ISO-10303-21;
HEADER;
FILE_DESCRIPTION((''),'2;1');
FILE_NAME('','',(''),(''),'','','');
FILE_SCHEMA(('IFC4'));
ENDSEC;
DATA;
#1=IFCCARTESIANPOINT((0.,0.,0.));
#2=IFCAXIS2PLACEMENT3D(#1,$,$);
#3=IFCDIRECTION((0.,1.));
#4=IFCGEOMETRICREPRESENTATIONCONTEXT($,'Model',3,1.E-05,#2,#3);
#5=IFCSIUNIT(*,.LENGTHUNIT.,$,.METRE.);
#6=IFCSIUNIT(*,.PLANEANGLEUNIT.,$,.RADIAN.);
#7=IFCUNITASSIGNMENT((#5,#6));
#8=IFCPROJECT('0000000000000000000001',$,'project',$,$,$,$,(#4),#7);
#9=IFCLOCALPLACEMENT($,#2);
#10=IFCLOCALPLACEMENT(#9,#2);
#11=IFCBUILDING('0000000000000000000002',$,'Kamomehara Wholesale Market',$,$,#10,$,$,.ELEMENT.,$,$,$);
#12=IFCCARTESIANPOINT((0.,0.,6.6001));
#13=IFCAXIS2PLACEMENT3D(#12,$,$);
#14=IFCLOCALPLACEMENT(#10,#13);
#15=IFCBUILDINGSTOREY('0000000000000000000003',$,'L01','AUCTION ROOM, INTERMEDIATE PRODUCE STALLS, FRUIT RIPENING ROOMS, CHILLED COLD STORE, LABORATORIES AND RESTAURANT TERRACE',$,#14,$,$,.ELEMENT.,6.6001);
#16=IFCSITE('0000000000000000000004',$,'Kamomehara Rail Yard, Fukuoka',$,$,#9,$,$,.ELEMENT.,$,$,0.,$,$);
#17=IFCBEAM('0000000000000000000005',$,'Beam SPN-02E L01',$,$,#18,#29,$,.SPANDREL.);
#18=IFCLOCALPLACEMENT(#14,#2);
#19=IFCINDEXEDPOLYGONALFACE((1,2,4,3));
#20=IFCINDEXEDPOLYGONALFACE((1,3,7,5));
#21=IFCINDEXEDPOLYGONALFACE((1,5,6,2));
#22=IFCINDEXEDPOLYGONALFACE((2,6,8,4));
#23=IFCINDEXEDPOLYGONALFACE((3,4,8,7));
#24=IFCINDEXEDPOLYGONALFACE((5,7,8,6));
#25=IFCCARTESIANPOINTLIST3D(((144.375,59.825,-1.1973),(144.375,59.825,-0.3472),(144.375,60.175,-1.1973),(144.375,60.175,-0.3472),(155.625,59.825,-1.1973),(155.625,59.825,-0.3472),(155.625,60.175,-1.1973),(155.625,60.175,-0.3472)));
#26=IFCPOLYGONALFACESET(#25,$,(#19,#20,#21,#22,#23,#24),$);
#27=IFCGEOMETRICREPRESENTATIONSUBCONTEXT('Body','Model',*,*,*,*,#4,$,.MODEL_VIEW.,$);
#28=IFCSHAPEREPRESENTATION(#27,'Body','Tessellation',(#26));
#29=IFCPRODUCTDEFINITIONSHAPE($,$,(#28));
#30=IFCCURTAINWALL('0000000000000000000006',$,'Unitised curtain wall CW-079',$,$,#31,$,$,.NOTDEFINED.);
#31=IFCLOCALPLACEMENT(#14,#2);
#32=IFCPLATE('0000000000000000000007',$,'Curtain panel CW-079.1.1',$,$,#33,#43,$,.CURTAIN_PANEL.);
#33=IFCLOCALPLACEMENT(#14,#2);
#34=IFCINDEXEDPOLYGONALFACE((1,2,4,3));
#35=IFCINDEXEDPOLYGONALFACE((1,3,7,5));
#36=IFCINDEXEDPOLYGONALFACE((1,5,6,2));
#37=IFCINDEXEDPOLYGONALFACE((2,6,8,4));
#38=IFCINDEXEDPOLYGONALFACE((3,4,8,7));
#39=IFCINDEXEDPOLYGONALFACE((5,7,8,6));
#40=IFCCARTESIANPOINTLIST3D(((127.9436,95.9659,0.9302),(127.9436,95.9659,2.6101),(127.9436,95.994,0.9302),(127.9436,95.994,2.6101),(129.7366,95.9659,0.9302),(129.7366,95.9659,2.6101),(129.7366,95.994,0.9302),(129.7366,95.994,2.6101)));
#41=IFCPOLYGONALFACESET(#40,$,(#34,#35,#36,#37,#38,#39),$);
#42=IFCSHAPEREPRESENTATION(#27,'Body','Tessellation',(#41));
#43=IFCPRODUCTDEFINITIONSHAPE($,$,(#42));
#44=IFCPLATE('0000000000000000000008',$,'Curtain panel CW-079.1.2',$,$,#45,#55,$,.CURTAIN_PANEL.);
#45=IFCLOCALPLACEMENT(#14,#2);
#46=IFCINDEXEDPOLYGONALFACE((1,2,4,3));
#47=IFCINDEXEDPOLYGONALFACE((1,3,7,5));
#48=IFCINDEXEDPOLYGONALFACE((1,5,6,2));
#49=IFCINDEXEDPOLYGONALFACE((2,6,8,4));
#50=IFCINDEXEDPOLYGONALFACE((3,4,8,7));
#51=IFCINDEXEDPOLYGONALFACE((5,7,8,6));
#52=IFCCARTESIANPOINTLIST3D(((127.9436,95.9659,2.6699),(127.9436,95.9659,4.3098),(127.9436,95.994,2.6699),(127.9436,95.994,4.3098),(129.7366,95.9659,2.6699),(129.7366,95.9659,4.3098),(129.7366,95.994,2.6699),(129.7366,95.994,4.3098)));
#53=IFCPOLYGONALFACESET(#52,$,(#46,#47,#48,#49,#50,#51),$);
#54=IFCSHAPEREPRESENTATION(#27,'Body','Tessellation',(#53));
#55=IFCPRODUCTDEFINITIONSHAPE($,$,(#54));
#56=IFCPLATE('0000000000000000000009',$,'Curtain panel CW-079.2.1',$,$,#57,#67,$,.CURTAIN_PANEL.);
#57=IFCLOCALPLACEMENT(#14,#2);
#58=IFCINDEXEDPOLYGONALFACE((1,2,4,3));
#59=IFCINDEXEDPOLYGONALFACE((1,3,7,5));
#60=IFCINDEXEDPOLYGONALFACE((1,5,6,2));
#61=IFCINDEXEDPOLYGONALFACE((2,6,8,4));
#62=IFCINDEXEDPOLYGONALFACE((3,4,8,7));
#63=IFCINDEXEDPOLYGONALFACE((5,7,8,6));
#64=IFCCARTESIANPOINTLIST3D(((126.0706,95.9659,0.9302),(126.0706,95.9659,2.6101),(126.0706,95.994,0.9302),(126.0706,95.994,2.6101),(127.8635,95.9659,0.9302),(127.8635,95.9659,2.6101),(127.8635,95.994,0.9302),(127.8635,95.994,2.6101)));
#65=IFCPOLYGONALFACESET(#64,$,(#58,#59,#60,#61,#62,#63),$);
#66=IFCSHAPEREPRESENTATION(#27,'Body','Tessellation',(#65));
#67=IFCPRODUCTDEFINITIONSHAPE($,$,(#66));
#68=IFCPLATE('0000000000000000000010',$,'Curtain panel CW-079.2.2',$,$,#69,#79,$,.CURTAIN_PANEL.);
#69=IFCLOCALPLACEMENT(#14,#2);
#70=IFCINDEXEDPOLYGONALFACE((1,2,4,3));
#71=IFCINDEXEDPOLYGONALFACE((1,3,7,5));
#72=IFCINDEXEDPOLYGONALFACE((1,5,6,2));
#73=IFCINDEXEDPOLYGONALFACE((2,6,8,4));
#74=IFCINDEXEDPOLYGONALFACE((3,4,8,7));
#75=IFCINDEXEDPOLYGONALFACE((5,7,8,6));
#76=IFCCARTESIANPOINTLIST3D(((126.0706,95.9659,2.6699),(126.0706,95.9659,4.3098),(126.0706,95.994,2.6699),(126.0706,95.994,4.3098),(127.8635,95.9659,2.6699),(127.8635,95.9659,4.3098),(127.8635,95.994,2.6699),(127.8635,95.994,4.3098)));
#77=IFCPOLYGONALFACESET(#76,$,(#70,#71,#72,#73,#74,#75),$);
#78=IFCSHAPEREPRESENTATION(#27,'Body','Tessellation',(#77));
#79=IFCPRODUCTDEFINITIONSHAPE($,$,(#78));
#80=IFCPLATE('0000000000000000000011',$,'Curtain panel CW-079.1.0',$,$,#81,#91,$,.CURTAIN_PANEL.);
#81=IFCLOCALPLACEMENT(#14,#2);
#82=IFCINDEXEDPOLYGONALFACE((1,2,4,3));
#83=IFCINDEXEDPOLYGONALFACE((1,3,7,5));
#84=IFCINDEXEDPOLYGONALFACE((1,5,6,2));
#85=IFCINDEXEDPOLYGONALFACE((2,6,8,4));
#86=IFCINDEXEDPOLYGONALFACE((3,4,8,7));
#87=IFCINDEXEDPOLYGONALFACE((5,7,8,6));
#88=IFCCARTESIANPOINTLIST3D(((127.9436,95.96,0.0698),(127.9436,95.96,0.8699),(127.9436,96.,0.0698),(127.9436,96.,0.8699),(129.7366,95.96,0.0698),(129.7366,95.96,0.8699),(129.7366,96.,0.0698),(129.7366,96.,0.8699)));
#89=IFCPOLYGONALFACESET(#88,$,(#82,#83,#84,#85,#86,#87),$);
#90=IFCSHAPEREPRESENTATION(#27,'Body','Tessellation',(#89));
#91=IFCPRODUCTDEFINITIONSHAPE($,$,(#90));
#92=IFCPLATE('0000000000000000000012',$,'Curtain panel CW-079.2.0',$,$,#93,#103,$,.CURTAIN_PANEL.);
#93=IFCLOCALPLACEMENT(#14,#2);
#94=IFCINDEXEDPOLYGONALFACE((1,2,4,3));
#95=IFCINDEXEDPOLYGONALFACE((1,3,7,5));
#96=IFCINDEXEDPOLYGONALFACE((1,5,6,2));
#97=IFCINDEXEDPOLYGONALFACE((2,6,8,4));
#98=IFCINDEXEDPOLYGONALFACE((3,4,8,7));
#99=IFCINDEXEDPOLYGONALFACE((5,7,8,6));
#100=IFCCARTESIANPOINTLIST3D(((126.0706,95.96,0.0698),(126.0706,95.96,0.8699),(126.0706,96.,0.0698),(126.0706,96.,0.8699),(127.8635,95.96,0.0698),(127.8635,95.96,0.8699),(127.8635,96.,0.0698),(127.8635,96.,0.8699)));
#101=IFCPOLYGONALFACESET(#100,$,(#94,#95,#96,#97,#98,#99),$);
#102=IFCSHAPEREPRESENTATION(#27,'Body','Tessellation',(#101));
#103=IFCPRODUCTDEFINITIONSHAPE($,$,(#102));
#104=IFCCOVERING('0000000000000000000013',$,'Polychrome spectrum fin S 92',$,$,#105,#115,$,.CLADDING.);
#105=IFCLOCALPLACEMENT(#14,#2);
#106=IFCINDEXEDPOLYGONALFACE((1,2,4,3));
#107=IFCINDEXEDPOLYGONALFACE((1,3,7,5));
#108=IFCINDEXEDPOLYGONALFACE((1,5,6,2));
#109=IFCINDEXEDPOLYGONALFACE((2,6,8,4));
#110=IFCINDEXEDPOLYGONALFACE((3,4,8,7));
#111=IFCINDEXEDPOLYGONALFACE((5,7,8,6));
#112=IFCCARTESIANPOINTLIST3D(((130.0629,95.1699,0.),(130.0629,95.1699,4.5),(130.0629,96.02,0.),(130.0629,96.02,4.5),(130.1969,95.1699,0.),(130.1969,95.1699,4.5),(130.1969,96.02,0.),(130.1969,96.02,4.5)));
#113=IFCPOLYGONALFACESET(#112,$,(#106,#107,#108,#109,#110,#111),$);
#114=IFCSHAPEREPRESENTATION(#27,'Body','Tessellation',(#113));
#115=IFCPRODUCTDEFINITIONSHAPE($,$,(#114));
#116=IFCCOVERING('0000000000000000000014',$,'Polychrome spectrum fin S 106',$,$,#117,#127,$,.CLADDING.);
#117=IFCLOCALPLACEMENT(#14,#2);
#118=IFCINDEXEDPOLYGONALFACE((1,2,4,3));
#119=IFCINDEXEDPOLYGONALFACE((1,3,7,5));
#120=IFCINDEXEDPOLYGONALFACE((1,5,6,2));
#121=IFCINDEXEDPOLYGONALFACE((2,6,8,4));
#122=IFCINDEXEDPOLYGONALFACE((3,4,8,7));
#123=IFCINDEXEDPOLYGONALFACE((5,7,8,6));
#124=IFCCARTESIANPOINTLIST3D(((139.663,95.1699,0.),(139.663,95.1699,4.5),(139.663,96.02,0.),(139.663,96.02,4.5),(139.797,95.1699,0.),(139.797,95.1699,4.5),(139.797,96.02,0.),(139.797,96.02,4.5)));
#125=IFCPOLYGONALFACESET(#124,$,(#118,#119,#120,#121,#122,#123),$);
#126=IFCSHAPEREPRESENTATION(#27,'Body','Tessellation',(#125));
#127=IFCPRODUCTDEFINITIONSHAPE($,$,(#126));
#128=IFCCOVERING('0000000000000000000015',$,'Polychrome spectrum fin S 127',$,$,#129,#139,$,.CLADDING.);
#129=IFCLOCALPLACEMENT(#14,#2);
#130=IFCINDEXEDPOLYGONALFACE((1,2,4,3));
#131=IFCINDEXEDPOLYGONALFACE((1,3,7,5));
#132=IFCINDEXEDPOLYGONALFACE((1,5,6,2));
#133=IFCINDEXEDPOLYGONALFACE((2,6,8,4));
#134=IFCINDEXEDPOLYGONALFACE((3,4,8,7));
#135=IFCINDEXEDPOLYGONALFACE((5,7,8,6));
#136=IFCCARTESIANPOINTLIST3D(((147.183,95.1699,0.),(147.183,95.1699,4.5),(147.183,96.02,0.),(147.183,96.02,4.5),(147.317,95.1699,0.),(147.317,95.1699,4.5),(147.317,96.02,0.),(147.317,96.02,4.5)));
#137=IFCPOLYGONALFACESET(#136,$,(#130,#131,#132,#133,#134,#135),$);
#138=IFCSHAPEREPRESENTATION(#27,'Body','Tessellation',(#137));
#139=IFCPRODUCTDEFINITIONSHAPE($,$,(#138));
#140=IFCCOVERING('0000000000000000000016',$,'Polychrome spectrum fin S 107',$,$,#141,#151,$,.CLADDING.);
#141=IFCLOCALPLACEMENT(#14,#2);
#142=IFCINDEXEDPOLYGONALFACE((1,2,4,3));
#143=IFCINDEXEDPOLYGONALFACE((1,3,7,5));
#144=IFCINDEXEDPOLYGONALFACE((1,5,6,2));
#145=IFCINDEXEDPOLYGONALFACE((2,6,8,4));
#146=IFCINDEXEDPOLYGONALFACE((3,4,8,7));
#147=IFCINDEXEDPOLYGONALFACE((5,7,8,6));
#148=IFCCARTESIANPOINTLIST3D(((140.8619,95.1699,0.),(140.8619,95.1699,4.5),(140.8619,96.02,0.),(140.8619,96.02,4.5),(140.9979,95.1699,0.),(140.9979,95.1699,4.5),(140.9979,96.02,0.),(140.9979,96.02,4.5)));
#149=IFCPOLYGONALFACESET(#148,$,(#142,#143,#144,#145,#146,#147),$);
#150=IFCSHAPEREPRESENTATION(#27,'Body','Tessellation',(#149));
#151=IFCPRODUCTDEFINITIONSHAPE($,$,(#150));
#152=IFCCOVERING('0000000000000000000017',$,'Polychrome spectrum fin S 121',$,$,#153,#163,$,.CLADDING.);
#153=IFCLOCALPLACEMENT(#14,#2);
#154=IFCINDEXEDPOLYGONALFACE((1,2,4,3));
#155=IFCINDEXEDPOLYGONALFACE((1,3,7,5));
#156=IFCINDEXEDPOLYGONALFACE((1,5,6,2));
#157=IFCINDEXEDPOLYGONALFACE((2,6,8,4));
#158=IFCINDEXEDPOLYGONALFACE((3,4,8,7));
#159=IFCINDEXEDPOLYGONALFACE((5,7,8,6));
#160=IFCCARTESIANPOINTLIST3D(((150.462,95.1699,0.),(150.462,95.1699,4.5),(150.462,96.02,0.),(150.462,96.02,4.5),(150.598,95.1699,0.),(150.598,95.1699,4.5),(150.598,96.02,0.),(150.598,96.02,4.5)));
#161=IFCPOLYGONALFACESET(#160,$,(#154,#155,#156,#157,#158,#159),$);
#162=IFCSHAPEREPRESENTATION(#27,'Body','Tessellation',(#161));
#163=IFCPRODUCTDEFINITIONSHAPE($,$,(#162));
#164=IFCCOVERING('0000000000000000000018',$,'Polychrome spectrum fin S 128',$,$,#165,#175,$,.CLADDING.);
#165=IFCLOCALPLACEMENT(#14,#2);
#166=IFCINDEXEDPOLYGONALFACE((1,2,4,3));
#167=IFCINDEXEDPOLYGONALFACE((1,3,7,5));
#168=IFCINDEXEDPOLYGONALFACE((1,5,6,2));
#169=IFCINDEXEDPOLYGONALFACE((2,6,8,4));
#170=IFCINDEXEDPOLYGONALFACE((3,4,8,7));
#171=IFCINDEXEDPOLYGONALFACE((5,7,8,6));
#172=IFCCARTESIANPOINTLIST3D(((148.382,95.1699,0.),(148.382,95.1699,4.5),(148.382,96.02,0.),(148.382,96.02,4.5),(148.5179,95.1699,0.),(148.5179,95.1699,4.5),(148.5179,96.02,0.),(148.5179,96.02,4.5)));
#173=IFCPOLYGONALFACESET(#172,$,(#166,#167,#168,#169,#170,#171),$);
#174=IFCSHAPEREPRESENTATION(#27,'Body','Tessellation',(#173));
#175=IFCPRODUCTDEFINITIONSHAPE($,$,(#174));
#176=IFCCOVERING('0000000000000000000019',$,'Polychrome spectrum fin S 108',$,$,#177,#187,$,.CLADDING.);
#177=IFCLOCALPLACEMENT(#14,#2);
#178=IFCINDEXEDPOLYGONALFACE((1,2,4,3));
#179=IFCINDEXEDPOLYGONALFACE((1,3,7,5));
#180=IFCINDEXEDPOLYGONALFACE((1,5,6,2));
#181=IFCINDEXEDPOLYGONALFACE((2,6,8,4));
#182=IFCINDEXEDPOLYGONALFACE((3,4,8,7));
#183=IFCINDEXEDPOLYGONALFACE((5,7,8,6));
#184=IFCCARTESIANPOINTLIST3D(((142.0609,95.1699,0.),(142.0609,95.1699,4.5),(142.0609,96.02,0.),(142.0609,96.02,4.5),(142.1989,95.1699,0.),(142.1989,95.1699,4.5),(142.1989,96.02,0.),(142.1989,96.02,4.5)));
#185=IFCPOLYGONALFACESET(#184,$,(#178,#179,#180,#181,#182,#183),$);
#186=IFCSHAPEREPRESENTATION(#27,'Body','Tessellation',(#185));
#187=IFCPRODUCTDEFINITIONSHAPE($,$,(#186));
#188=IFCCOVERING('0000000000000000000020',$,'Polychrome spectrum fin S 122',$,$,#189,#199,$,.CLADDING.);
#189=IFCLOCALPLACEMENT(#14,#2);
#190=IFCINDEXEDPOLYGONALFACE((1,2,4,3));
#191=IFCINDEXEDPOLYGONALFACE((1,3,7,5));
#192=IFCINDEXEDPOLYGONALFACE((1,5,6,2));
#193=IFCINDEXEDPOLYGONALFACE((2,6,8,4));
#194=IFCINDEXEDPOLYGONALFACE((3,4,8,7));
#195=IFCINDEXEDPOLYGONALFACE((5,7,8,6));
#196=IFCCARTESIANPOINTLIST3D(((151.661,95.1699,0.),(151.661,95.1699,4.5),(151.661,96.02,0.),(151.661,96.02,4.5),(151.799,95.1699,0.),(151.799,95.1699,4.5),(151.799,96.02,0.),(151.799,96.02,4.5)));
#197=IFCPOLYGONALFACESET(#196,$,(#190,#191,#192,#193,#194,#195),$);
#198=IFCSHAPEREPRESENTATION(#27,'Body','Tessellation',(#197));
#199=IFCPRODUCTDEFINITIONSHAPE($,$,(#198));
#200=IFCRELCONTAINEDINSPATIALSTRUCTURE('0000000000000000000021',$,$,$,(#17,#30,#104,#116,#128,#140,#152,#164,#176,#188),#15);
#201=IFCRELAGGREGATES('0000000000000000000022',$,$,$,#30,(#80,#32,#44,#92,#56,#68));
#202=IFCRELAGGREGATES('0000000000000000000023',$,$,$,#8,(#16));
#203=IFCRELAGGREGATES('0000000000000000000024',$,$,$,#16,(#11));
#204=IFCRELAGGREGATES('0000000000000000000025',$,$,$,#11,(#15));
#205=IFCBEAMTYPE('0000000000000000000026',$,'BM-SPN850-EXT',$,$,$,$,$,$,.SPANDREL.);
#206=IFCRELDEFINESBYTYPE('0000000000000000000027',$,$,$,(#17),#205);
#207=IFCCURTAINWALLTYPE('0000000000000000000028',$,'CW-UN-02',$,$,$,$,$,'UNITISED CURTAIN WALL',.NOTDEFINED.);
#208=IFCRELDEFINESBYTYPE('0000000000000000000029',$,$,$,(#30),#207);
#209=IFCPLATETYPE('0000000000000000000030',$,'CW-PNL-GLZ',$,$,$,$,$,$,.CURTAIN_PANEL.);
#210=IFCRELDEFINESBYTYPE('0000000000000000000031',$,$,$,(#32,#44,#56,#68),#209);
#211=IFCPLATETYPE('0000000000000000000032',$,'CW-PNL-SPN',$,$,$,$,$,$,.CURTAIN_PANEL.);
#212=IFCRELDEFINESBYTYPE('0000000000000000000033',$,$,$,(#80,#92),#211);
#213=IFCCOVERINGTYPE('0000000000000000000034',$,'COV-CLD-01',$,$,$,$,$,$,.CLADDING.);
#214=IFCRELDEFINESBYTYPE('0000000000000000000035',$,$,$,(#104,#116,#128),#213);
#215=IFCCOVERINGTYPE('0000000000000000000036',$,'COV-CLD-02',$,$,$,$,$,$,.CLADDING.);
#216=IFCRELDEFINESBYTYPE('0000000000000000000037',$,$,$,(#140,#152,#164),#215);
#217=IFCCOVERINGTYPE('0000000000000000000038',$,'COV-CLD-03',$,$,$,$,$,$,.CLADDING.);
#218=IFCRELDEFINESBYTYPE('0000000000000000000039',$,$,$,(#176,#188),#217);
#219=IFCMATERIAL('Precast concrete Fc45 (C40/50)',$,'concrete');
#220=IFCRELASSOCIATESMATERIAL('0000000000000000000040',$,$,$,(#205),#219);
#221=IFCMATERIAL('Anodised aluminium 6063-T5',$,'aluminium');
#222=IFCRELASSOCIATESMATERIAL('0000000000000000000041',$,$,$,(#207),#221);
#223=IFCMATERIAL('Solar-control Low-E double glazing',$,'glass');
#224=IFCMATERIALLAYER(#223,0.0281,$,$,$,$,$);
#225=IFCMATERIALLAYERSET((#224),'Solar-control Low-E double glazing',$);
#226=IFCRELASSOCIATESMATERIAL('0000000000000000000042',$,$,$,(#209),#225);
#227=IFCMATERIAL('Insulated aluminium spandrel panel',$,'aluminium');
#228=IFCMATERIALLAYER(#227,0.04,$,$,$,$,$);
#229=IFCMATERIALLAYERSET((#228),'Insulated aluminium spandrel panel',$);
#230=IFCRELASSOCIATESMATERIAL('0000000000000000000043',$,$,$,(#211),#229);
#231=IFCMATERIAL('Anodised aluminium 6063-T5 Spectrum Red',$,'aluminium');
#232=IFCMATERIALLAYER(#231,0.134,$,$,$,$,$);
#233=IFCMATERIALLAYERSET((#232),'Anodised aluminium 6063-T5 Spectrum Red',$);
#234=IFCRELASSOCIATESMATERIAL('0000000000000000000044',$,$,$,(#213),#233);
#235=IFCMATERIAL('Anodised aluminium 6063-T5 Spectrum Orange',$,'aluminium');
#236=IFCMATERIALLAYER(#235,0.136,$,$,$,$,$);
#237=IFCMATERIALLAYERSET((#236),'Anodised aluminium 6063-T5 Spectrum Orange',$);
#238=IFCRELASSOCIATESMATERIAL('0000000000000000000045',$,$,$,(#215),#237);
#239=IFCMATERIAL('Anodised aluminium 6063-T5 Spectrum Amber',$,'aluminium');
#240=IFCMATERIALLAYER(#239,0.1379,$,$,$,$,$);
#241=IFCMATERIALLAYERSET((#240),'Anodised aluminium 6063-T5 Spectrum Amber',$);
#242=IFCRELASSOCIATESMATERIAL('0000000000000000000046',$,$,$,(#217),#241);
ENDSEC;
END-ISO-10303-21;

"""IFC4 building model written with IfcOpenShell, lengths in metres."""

from ifc_helpers import new_model, si_unit, direction, frame, origin, origin_2d, place, context, subcontext, project, spatial, rectangle, extrude, material, layer, layer_set, material_profile, profile_set, type_object, element, aggregate, save


model = new_model("IFC4")

# Units and contexts
model_context = context("Model", 3, precision=1e-05, world=origin(), true_north=direction((0.0, 1.0)))
body_context = subcontext(model_context, "Body", "Model", "MODEL_VIEW")
ifc_project = project(units=[si_unit("LENGTHUNIT", "METRE"), si_unit("PLANEANGLEUNIT", "RADIAN")], contexts=[model_context])

# Site, building, storey
site_placement = place(None, origin())
site = spatial("IfcSite", under=ifc_project, at=site_placement, Name="Kamomehara Rail Yard, Fukuoka", CompositionType="ELEMENT", RefElevation=0.0)
building_placement = place(site_placement, origin())
building = spatial("IfcBuilding", under=site, at=building_placement, Name="Kamomehara Wholesale Market", CompositionType="ELEMENT")
storey_placement = place(building_placement, frame((0.0, 0.0, 6.6001)))
storey = spatial("IfcBuildingStorey", under=building, at=storey_placement, Name="L01", Description="AUCTION ROOM, INTERMEDIATE PRODUCE STALLS, FRUIT RIPENING ROOMS, CHILLED COLD STORE, LABORATORIES AND RESTAURANT TERRACE", CompositionType="ELEMENT", Elevation=6.6001)

# Beam
ifc_material_1 = material(Name="Precast concrete Fc45 (C40/50)", Category="concrete")
ifc_material_profile = material_profile(ifc_material_1, rectangle(XDim=0.3501, YDim=0.8501, at=origin_2d()), Name="PC-SPN-350x850")
ifc_profile_set = profile_set([ifc_material_profile], Name="Precast concrete Fc45 (C40/50)")
beam_type = type_object("IfcBeamType", Name="BM-SPN850-EXT", PredefinedType="SPANDREL", material=ifc_profile_set)
beam_placement = place(storey_placement, frame((144.375, 60.0, -0.7722), z_axis=(1.0, 0.0, 0.0), x_axis=(0.0, 1.0, 0.0)))
element("IfcBeam", 1, at=beam_placement, inside=storey, type_object=beam_type, Name="Beam SPN-02E L01", PredefinedType="SPANDREL", context=body_context, shape_type="SweptSolid", body=[
    extrude(rectangle(XDim=0.3501, YDim=0.8501, at=origin_2d()), origin(), (0.0, 0.0, 1.0), 11.25),
])

# Curtain wall, plates
ifc_material_2 = material(Name="Anodised aluminium 6063-T5", Category="aluminium")
curtain_wall_type = type_object("IfcCurtainWallType", Name="CW-UN-02", ElementType="UNITISED CURTAIN WALL", PredefinedType="NOTDEFINED", material=ifc_material_2)
curtain_wall_placement = place(storey_placement, origin())
curtain_wall = element("IfcCurtainWall", 2, at=curtain_wall_placement, inside=storey, type_object=curtain_wall_type, Name="Unitised curtain wall CW-079", PredefinedType="NOTDEFINED")
ifc_material_3 = material(Name="Solar-control Low-E double glazing", Category="glass")
ifc_layer_1 = layer(ifc_material_3, 0.0281)
ifc_layer_set_1 = layer_set([ifc_layer_1], Name="Solar-control Low-E double glazing")
plate_type_1 = type_object("IfcPlateType", Name="CW-PNL-GLZ", PredefinedType="CURTAIN_PANEL", material=ifc_layer_set_1)
plate_1_placement = place(storey_placement, frame((128.8401, 95.98, 0.9302), z_axis=(0.0, 0.0, 1.0), x_axis=(-1.0, 0.0, 0.0)))
plate_1 = element("IfcPlate", 3, at=plate_1_placement, type_object=plate_type_1, Name="Curtain panel CW-079.1.1", PredefinedType="CURTAIN_PANEL", context=body_context, shape_type="SweptSolid", body=[
    extrude(rectangle(XDim=1.793, YDim=0.0281, at=origin_2d()), origin(), (0.0, 0.0, 1.0), 1.6799),
])
plate_2_placement = place(storey_placement, frame((128.8401, 95.98, 2.6699), z_axis=(0.0, 0.0, 1.0), x_axis=(-1.0, 0.0, 0.0)))
plate_2 = element("IfcPlate", 4, at=plate_2_placement, type_object=plate_type_1, Name="Curtain panel CW-079.1.2", PredefinedType="CURTAIN_PANEL", context=body_context, shape_type="SweptSolid", body=[
    extrude(rectangle(XDim=1.793, YDim=0.0281, at=origin_2d()), origin(), (0.0, 0.0, 1.0), 1.6399),
])
plate_3_placement = place(storey_placement, frame((126.967, 95.98, 0.9302), z_axis=(0.0, 0.0, 1.0), x_axis=(-1.0, 0.0, 0.0)))
plate_3 = element("IfcPlate", 5, at=plate_3_placement, type_object=plate_type_1, Name="Curtain panel CW-079.2.1", PredefinedType="CURTAIN_PANEL", context=body_context, shape_type="SweptSolid", body=[
    extrude(rectangle(XDim=1.793, YDim=0.0281, at=origin_2d()), origin(), (0.0, 0.0, 1.0), 1.6799),
])
plate_4_placement = place(storey_placement, frame((126.967, 95.98, 2.6699), z_axis=(0.0, 0.0, 1.0), x_axis=(-1.0, 0.0, 0.0)))
plate_4 = element("IfcPlate", 6, at=plate_4_placement, type_object=plate_type_1, Name="Curtain panel CW-079.2.2", PredefinedType="CURTAIN_PANEL", context=body_context, shape_type="SweptSolid", body=[
    extrude(rectangle(XDim=1.793, YDim=0.0281, at=origin_2d()), origin(), (0.0, 0.0, 1.0), 1.6399),
])
ifc_material_4 = material(Name="Insulated aluminium spandrel panel", Category="aluminium")
ifc_layer_2 = layer(ifc_material_4, 0.04)
ifc_layer_set_2 = layer_set([ifc_layer_2], Name="Insulated aluminium spandrel panel")
plate_type_2 = type_object("IfcPlateType", Name="CW-PNL-SPN", PredefinedType="CURTAIN_PANEL", material=ifc_layer_set_2)
plate_5_placement = place(storey_placement, frame((128.8401, 95.98, 0.0698), z_axis=(0.0, 0.0, 1.0), x_axis=(-1.0, 0.0, 0.0)))
plate_5 = element("IfcPlate", 7, at=plate_5_placement, type_object=plate_type_2, Name="Curtain panel CW-079.1.0", PredefinedType="CURTAIN_PANEL", context=body_context, shape_type="SweptSolid", body=[
    extrude(rectangle(XDim=1.793, YDim=0.04, at=origin_2d()), origin(), (0.0, 0.0, 1.0), 0.8),
])
plate_6_placement = place(storey_placement, frame((126.967, 95.98, 0.0698), z_axis=(0.0, 0.0, 1.0), x_axis=(-1.0, 0.0, 0.0)))
plate_6 = element("IfcPlate", 8, at=plate_6_placement, type_object=plate_type_2, Name="Curtain panel CW-079.2.0", PredefinedType="CURTAIN_PANEL", context=body_context, shape_type="SweptSolid", body=[
    extrude(rectangle(XDim=1.793, YDim=0.04, at=origin_2d()), origin(), (0.0, 0.0, 1.0), 0.8),
])
aggregate(curtain_wall, [plate_5, plate_1, plate_2, plate_6, plate_3, plate_4])

# Coverings
ifc_material_5 = material(Name="Anodised aluminium 6063-T5 Spectrum Red", Category="aluminium")
ifc_layer_3 = layer(ifc_material_5, 0.134)
ifc_layer_set_3 = layer_set([ifc_layer_3], Name="Anodised aluminium 6063-T5 Spectrum Red")
covering_type_1 = type_object("IfcCoveringType", Name="COV-CLD-01", PredefinedType="CLADDING", material=ifc_layer_set_3)
for number, where, z_axis, x_axis, name in (
    (9, (130.1299, 95.595, 0.0), (0.0, 0.0, 1.0), (1.0, 0.0, 0.0), "Polychrome spectrum fin S 92"),
    (10, (139.73, 95.595, 0.0), (0.0, 0.0, 1.0), (1.0, 0.0, 0.0), "Polychrome spectrum fin S 106"),
    (11, (147.25, 95.595, 0.0), (0.0, 0.0, 1.0), (1.0, 0.0, 0.0), "Polychrome spectrum fin S 127"),
):
    element("IfcCovering", number, at=place(storey_placement, frame(where, z_axis=z_axis, x_axis=x_axis)), inside=storey, type_object=covering_type_1, Name=name, PredefinedType="CLADDING", context=body_context, shape_type="SweptSolid", body=[
        extrude(rectangle(XDim=0.134, YDim=0.8501, at=origin_2d()), origin(), (0.0, 0.0, 1.0), 4.5),
    ])
ifc_material_6 = material(Name="Anodised aluminium 6063-T5 Spectrum Orange", Category="aluminium")
ifc_layer_4 = layer(ifc_material_6, 0.136)
ifc_layer_set_4 = layer_set([ifc_layer_4], Name="Anodised aluminium 6063-T5 Spectrum Orange")
covering_type_2 = type_object("IfcCoveringType", Name="COV-CLD-02", PredefinedType="CLADDING", material=ifc_layer_set_4)
for number, where, z_axis, x_axis, name in (
    (12, (140.9299, 95.595, 0.0), (0.0, 0.0, 1.0), (1.0, 0.0, 0.0), "Polychrome spectrum fin S 107"),
    (13, (150.53, 95.595, 0.0), (0.0, 0.0, 1.0), (1.0, 0.0, 0.0), "Polychrome spectrum fin S 121"),
    (14, (148.45, 95.595, 0.0), (0.0, 0.0, 1.0), (1.0, 0.0, 0.0), "Polychrome spectrum fin S 128"),
):
    element("IfcCovering", number, at=place(storey_placement, frame(where, z_axis=z_axis, x_axis=x_axis)), inside=storey, type_object=covering_type_2, Name=name, PredefinedType="CLADDING", context=body_context, shape_type="SweptSolid", body=[
        extrude(rectangle(XDim=0.136, YDim=0.8501, at=origin_2d()), origin(), (0.0, 0.0, 1.0), 4.5),
    ])
ifc_material_7 = material(Name="Anodised aluminium 6063-T5 Spectrum Amber", Category="aluminium")
ifc_layer_5 = layer(ifc_material_7, 0.1379)
ifc_layer_set_5 = layer_set([ifc_layer_5], Name="Anodised aluminium 6063-T5 Spectrum Amber")
covering_type_3 = type_object("IfcCoveringType", Name="COV-CLD-03", PredefinedType="CLADDING", material=ifc_layer_set_5)
for number, where, z_axis, x_axis, name in (
    (15, (142.1299, 95.595, 0.0), (0.0, 0.0, 1.0), (1.0, 0.0, 0.0), "Polychrome spectrum fin S 108"),
    (16, (151.73, 95.595, 0.0), (0.0, 0.0, 1.0), (1.0, 0.0, 0.0), "Polychrome spectrum fin S 122"),
):
    element("IfcCovering", number, at=place(storey_placement, frame(where, z_axis=z_axis, x_axis=x_axis)), inside=storey, type_object=covering_type_3, Name=name, PredefinedType="CLADDING", context=body_context, shape_type="SweptSolid", body=[
        extrude(rectangle(XDim=0.1379, YDim=0.8501, at=origin_2d()), origin(), (0.0, 0.0, 1.0), 4.5),
    ])

save(model, "model.ifc")
